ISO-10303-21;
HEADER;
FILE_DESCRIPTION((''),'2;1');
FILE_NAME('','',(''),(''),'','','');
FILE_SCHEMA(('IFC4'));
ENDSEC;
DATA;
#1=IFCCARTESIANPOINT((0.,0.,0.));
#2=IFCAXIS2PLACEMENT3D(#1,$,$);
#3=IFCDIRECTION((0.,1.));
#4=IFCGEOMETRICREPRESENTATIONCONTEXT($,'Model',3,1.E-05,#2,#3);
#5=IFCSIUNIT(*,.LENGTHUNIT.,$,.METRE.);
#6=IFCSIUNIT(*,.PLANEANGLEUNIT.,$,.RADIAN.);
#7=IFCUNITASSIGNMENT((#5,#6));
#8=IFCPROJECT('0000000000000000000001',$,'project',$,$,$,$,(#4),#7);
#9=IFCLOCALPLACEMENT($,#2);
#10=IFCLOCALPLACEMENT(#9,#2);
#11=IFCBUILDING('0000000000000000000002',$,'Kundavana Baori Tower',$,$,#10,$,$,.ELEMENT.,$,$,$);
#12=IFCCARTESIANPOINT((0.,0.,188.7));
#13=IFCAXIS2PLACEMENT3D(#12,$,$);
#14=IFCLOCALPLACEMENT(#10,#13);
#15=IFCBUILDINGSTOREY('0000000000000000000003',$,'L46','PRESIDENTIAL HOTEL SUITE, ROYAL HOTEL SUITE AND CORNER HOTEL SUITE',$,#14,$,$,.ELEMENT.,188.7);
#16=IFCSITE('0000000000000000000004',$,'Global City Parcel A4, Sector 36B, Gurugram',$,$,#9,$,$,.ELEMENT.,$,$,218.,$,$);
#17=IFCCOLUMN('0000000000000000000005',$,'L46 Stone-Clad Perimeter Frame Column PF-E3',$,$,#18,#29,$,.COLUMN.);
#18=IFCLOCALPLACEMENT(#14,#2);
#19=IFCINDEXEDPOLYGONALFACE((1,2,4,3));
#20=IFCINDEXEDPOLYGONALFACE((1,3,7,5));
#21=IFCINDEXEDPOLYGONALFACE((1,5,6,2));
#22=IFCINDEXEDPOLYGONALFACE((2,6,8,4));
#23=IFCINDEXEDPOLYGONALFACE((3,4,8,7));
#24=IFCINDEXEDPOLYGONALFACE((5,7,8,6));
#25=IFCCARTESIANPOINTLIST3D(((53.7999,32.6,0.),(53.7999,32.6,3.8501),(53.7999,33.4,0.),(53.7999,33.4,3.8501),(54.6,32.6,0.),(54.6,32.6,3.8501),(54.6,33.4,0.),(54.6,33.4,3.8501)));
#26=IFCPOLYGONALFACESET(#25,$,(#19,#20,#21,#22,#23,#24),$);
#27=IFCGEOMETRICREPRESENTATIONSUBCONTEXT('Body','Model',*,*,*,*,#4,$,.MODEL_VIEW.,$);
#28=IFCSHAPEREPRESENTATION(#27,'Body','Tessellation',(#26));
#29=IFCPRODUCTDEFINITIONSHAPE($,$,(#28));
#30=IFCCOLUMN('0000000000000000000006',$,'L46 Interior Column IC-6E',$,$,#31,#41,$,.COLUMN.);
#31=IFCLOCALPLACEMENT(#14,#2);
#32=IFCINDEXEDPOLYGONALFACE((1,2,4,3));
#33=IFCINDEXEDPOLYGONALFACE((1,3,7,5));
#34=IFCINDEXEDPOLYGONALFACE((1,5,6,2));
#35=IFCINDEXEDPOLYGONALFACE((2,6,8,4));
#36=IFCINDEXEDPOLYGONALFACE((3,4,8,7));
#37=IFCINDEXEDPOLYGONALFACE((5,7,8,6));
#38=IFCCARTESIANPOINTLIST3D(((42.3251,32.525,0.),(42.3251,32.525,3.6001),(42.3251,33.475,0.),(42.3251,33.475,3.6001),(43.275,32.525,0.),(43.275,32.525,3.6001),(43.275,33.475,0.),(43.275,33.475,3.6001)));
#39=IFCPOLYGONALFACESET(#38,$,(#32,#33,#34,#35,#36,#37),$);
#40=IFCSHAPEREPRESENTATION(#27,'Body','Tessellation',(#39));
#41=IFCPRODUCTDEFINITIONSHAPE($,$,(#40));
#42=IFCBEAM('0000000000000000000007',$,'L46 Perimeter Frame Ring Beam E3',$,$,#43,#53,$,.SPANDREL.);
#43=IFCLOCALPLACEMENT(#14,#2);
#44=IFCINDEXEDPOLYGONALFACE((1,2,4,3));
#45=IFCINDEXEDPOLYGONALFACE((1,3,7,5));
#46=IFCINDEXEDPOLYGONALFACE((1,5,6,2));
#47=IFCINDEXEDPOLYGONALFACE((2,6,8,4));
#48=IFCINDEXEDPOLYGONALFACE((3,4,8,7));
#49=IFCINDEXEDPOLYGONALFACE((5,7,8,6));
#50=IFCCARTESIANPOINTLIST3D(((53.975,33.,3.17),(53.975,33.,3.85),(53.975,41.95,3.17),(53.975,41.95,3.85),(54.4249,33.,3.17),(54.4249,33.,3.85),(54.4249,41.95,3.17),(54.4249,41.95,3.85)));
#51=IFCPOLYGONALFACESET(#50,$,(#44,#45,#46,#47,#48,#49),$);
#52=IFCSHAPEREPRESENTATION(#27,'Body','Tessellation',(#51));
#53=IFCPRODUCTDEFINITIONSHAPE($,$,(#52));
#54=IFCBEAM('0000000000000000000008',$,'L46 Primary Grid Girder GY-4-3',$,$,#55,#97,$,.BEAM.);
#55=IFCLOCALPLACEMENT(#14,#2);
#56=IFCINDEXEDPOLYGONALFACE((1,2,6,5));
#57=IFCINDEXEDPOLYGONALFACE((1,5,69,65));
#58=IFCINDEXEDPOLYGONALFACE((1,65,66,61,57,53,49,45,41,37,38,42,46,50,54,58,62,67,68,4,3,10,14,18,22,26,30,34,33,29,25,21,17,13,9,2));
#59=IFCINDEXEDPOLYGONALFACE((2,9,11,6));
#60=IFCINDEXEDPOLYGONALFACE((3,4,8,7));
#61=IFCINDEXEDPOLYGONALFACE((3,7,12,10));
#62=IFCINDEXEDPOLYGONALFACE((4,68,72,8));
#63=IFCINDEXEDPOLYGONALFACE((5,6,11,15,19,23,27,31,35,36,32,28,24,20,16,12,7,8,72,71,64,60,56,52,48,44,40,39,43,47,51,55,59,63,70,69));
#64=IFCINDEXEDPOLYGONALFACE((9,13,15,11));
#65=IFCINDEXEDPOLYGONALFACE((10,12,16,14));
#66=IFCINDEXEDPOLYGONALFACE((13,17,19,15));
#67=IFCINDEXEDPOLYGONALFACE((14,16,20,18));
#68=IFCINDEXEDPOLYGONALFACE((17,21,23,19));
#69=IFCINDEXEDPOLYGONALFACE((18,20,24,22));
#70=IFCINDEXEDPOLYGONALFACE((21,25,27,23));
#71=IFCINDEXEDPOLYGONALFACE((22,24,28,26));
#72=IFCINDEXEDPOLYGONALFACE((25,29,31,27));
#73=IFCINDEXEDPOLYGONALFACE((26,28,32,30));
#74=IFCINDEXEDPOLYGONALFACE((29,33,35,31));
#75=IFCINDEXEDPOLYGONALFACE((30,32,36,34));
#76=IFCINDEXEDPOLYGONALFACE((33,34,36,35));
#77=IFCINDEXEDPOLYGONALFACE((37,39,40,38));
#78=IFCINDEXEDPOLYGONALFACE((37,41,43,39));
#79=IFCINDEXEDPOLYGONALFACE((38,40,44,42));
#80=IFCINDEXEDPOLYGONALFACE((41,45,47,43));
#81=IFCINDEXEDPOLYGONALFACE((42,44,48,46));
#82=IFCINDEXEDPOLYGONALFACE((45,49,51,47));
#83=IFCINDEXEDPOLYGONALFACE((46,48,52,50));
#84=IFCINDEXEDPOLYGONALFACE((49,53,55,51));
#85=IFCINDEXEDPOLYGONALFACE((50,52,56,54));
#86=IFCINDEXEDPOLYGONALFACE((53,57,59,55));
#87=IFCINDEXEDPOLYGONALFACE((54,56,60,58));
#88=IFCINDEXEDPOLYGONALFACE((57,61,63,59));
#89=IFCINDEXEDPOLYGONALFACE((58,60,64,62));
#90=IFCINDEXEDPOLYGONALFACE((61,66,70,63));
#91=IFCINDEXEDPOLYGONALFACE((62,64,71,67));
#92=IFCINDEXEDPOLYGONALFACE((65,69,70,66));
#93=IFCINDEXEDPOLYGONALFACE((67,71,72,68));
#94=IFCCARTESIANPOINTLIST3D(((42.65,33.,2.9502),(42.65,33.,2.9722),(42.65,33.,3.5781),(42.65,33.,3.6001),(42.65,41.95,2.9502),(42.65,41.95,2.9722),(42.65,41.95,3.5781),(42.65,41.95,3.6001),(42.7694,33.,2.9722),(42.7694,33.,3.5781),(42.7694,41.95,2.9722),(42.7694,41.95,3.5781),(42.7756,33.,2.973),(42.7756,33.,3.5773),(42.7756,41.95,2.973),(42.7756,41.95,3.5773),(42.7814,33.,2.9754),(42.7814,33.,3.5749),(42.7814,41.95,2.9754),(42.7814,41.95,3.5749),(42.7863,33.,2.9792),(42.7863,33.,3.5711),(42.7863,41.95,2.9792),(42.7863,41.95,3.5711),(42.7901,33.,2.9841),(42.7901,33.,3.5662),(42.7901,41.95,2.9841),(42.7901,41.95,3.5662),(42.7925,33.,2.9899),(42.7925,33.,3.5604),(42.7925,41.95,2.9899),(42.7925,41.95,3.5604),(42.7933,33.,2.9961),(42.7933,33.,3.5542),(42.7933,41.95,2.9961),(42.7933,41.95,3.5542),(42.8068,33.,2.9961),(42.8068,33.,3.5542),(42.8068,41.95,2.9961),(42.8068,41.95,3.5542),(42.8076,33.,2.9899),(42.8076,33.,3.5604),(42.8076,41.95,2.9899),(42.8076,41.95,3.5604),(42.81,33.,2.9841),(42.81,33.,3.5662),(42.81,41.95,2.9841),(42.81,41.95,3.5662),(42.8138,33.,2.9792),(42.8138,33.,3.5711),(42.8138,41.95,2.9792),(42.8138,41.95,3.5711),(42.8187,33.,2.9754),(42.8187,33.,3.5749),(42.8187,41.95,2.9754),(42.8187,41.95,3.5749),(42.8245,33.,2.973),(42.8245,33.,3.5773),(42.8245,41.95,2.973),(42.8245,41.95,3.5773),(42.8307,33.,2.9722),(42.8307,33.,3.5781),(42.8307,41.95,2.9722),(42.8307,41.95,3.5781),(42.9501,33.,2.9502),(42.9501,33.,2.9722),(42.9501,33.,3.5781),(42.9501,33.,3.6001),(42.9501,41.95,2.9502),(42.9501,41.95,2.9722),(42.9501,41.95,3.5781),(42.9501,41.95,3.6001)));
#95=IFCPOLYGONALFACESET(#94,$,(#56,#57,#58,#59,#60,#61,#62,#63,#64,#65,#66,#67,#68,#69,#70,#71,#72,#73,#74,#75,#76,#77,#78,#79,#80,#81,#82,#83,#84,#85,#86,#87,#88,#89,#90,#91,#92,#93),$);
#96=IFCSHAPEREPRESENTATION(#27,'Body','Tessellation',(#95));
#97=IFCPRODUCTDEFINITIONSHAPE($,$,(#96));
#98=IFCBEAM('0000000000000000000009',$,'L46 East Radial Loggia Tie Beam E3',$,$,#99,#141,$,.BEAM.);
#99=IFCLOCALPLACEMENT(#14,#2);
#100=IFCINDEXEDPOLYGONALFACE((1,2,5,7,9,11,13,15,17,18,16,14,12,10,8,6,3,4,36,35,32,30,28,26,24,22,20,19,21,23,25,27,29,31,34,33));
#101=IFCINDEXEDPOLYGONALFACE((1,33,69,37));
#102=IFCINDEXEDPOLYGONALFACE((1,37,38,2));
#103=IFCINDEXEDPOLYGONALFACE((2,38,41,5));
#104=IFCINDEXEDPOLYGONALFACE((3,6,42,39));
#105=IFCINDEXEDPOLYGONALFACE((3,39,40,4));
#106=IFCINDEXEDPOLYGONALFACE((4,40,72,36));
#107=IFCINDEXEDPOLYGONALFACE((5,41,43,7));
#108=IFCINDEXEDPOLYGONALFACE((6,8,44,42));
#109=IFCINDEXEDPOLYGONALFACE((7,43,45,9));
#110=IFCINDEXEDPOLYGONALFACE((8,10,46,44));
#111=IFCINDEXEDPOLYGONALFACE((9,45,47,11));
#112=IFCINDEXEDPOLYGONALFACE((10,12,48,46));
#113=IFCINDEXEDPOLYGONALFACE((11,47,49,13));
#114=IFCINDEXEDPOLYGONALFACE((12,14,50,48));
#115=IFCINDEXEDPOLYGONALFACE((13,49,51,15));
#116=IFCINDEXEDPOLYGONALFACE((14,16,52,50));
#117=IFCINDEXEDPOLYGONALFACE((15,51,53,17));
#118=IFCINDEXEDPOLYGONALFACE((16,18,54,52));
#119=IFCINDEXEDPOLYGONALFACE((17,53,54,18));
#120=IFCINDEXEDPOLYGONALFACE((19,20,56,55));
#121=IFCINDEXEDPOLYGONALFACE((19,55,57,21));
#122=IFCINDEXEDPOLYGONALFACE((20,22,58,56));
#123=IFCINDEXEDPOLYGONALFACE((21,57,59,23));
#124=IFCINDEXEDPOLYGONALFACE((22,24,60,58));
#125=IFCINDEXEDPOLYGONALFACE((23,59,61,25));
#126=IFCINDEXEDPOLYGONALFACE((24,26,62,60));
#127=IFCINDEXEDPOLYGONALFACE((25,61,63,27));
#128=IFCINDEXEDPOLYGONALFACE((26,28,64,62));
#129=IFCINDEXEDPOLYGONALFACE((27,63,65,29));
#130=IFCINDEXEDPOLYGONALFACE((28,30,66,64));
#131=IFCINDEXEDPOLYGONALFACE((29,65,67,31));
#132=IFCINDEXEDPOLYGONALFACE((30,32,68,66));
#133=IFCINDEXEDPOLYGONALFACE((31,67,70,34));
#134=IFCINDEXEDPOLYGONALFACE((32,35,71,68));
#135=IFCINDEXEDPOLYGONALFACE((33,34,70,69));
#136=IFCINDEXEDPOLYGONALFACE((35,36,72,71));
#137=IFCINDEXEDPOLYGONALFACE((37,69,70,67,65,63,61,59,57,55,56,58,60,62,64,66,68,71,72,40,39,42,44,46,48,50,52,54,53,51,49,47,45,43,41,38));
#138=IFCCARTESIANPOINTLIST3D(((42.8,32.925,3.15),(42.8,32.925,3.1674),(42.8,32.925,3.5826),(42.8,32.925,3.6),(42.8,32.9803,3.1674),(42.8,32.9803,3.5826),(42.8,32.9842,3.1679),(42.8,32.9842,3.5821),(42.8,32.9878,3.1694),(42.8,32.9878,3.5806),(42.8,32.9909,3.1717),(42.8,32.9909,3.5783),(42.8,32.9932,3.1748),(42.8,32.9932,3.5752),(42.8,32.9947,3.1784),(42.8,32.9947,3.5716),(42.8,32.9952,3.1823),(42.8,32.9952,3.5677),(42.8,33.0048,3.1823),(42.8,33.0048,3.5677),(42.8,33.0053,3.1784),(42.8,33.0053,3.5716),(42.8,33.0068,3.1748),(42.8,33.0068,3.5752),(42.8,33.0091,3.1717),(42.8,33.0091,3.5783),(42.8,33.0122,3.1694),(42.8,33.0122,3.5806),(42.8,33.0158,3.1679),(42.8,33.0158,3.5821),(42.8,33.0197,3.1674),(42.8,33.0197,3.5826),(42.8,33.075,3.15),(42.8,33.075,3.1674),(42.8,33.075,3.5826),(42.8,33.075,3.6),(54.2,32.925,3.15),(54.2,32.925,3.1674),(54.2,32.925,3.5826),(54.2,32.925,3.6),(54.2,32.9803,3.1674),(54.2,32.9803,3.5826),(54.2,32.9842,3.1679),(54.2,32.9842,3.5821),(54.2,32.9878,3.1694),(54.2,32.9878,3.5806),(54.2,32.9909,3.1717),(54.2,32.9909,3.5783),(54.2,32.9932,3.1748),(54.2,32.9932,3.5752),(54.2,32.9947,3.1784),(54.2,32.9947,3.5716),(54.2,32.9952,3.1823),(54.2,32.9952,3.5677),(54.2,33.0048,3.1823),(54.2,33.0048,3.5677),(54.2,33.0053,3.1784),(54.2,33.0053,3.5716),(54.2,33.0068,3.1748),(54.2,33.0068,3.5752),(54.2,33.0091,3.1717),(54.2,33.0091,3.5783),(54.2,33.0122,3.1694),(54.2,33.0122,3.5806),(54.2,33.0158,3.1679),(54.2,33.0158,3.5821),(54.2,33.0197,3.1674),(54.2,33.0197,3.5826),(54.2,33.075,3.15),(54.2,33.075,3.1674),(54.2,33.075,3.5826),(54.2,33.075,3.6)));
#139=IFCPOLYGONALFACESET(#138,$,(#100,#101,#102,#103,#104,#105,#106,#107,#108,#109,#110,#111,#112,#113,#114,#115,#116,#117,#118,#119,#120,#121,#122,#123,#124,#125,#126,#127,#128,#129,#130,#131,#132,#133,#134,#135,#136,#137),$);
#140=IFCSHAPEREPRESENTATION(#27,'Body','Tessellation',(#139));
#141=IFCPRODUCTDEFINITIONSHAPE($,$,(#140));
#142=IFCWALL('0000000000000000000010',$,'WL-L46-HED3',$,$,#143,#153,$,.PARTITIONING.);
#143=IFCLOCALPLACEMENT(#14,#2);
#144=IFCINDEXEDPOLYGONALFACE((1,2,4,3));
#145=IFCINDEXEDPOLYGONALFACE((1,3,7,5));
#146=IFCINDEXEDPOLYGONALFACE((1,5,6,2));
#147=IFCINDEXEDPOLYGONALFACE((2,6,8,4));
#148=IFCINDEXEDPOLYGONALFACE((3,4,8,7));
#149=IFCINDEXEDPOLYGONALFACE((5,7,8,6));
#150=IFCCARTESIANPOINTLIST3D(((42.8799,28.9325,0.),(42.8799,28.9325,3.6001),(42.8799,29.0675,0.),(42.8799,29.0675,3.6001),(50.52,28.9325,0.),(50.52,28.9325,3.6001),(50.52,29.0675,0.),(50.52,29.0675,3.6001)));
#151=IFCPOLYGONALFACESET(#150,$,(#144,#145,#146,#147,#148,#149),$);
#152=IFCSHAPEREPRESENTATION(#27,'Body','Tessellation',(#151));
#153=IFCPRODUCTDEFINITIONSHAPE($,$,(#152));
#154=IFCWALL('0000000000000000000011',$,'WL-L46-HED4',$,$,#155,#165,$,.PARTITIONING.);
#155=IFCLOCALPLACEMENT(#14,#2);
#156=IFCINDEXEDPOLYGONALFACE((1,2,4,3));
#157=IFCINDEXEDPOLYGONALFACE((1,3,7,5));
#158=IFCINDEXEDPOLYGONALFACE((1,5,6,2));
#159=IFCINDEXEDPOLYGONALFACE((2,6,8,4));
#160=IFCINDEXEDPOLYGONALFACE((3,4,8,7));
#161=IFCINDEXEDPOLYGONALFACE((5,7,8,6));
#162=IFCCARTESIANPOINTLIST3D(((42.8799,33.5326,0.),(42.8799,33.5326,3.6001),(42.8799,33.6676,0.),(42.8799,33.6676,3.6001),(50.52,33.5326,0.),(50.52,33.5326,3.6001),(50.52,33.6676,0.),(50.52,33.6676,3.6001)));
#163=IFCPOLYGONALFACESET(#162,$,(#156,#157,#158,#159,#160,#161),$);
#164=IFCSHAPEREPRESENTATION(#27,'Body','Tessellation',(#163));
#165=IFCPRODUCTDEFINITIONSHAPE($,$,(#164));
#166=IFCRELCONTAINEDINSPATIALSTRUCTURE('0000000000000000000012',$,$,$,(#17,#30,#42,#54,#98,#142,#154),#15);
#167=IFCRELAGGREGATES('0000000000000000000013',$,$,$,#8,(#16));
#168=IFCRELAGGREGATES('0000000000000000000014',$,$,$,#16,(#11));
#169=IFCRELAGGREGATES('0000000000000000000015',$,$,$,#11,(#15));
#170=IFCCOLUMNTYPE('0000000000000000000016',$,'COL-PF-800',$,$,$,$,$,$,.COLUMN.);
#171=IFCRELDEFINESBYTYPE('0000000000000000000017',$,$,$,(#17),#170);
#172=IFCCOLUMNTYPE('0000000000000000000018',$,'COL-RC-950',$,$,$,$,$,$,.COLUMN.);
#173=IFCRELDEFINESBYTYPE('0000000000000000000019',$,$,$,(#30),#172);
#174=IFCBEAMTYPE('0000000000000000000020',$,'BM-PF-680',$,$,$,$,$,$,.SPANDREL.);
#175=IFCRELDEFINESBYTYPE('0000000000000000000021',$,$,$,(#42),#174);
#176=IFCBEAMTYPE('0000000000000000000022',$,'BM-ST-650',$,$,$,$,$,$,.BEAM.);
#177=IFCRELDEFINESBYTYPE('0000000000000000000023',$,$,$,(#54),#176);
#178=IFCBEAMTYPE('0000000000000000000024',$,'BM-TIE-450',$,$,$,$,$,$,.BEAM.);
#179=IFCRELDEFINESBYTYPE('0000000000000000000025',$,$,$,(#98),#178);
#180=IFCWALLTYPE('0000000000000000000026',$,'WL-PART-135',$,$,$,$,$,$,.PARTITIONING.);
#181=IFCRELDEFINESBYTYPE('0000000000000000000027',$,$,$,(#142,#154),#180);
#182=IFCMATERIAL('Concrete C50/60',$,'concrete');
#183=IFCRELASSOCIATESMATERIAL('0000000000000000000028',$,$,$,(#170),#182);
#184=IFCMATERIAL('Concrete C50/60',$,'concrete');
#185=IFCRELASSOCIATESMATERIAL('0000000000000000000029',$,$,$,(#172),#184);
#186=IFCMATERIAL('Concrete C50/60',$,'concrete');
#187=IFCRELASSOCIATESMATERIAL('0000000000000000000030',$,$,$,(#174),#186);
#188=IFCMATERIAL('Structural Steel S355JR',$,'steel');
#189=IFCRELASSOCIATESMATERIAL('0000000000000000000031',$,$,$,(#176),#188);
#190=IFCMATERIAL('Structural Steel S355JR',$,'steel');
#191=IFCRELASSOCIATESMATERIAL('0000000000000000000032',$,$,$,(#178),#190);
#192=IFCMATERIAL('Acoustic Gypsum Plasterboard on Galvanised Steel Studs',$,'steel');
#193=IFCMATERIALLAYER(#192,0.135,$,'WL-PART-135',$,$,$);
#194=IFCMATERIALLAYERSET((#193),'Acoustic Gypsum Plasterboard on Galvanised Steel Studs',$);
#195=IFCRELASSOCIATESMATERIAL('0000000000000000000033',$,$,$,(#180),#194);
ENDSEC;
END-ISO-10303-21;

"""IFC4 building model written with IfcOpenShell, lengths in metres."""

from ifc_helpers import new_model, si_unit, direction, frame, frame_2d, origin, origin_2d, place, context, subcontext, project, spatial, rectangle, i_section, extrude, material, layer, layer_set, material_profile, profile_set, type_object, element, save


model = new_model("IFC4")

# Units and contexts
model_context = context("Model", 3, precision=1e-05, world=origin(), true_north=direction((0.0, 1.0)))
body_context = subcontext(model_context, "Body", "Model", "MODEL_VIEW")
ifc_project = project(units=[si_unit("LENGTHUNIT", "METRE"), si_unit("PLANEANGLEUNIT", "RADIAN")], contexts=[model_context])

# Site, building, storey
site_placement = place(None, origin())
site = spatial("IfcSite", under=ifc_project, at=site_placement, Name="Global City Parcel A4, Sector 36B, Gurugram", CompositionType="ELEMENT", RefElevation=218.0)
building_placement = place(site_placement, origin())
building = spatial("IfcBuilding", under=site, at=building_placement, Name="Kundavana Baori Tower", CompositionType="ELEMENT")
storey_placement = place(building_placement, frame((0.0, 0.0, 188.7)))
storey = spatial("IfcBuildingStorey", under=building, at=storey_placement, Name="L46", Description="PRESIDENTIAL HOTEL SUITE, ROYAL HOTEL SUITE AND CORNER HOTEL SUITE", CompositionType="ELEMENT", Elevation=188.7)

# Columns
ifc_material_1 = material(Name="Concrete C50/60", Category="concrete")
ifc_material_profile_1 = material_profile(ifc_material_1, rectangle(XDim=0.8, YDim=0.8, at=origin_2d()), Name="RC PF 800x800")
ifc_profile_set_1 = profile_set([ifc_material_profile_1], Name="Concrete C50/60")
column_type_1 = type_object("IfcColumnType", Name="COL-PF-800", PredefinedType="COLUMN", material=ifc_profile_set_1)
column_1_placement = place(storey_placement, frame((54.2, 33.0, 0.0), z_axis=(0.0, 0.0, 1.0), x_axis=(1.0, 0.0, 0.0)))
element("IfcColumn", 1, at=column_1_placement, inside=storey, type_object=column_type_1, Name="L46 Stone-Clad Perimeter Frame Column PF-E3", PredefinedType="COLUMN", context=body_context, shape_type="SweptSolid", body=[
    extrude(rectangle(XDim=0.8, YDim=0.8, at=origin_2d()), origin(), (0.0, 0.0, 1.0), 3.8501),
])
ifc_material_2 = material(Name="Concrete C50/60", Category="concrete")
ifc_material_profile_2 = material_profile(ifc_material_2, rectangle(XDim=0.95, YDim=0.95, at=origin_2d()), Name="RC 950x950")
ifc_profile_set_2 = profile_set([ifc_material_profile_2], Name="Concrete C50/60")
column_type_2 = type_object("IfcColumnType", Name="COL-RC-950", PredefinedType="COLUMN", material=ifc_profile_set_2)
column_2_placement = place(storey_placement, frame((42.8, 33.0, 0.0), z_axis=(0.0, 0.0, 1.0), x_axis=(1.0, 0.0, 0.0)))
element("IfcColumn", 2, at=column_2_placement, inside=storey, type_object=column_type_2, Name="L46 Interior Column IC-6E", PredefinedType="COLUMN", context=body_context, shape_type="SweptSolid", body=[
    extrude(rectangle(XDim=0.95, YDim=0.95, at=origin_2d()), origin(), (0.0, 0.0, 1.0), 3.6001),
])

# Beams
ifc_material_3 = material(Name="Concrete C50/60", Category="concrete")
ifc_material_profile_3 = material_profile(ifc_material_3, rectangle(XDim=0.45, YDim=0.6799, at=origin_2d()), Name="RC BM 450x680")
ifc_profile_set_3 = profile_set([ifc_material_profile_3], Name="Concrete C50/60")
beam_type_1 = type_object("IfcBeamType", Name="BM-PF-680", PredefinedType="SPANDREL", material=ifc_profile_set_3)
beam_1_placement = place(storey_placement, frame((54.2, 33.0, 3.51), z_axis=(0.0, 1.0, 0.0), x_axis=(-1.0, 0.0, 0.0)))
element("IfcBeam", 3, at=beam_1_placement, inside=storey, type_object=beam_type_1, Name="L46 Perimeter Frame Ring Beam E3", PredefinedType="SPANDREL", context=body_context, shape_type="SweptSolid", body=[
    extrude(rectangle(XDim=0.45, YDim=0.6799, at=origin_2d()), origin(), (0.0, 0.0, 1.0), 8.95),
])
ifc_material_4 = material(Name="Structural Steel S355JR", Category="steel")
ifc_material_profile_4 = material_profile(ifc_material_4, i_section(OverallWidth=0.3, OverallDepth=0.6499, WebThickness=0.0134, FlangeThickness=0.022, FilletRadius=0.0239, at=origin_2d()), Name="NPB 650x300x155")
ifc_profile_set_4 = profile_set([ifc_material_profile_4], Name="Structural Steel S355JR")
beam_type_2 = type_object("IfcBeamType", Name="BM-ST-650", PredefinedType="BEAM", material=ifc_profile_set_4)
beam_2_placement = place(storey_placement, frame((42.8, 33.0, 3.2751), z_axis=(0.0, 1.0, 0.0), x_axis=(-1.0, 0.0, 0.0)))
element("IfcBeam", 4, at=beam_2_placement, inside=storey, type_object=beam_type_2, Name="L46 Primary Grid Girder GY-4-3", PredefinedType="BEAM", context=body_context, shape_type="SweptSolid", body=[
    extrude(i_section(OverallWidth=0.3, OverallDepth=0.6499, WebThickness=0.0134, FlangeThickness=0.022, FilletRadius=0.0239, at=origin_2d()), origin(), (0.0, 0.0, 1.0), 8.95),
])
ifc_material_5 = material(Name="Structural Steel S355JR", Category="steel")
ifc_material_profile_5 = material_profile(ifc_material_5, i_section(OverallWidth=0.1499, OverallDepth=0.45, WebThickness=0.0095, FlangeThickness=0.0173, FilletRadius=0.0149, at=origin_2d()), Name="ISMB 450")
ifc_profile_set_5 = profile_set([ifc_material_profile_5], Name="Structural Steel S355JR")
beam_type_3 = type_object("IfcBeamType", Name="BM-TIE-450", PredefinedType="BEAM", material=ifc_profile_set_5)
beam_3_placement = place(storey_placement, frame((42.8, 33.0, 3.375), z_axis=(1.0, 0.0, 0.0), x_axis=(0.0, 1.0, 0.0)))
element("IfcBeam", 5, at=beam_3_placement, inside=storey, type_object=beam_type_3, Name="L46 East Radial Loggia Tie Beam E3", PredefinedType="BEAM", context=body_context, shape_type="SweptSolid", body=[
    extrude(i_section(OverallWidth=0.1499, OverallDepth=0.45, WebThickness=0.0095, FlangeThickness=0.0173, FilletRadius=0.0149, at=origin_2d()), origin(), (0.0, 0.0, 1.0), 11.3999),
])

# Walls
ifc_material_6 = material(Name="Acoustic Gypsum Plasterboard on Galvanised Steel Studs", Category="steel")
ifc_layer_1 = layer(ifc_material_6, 0.135, Name="WL-PART-135")
ifc_layer_set_1 = layer_set([ifc_layer_1], Name="Acoustic Gypsum Plasterboard on Galvanised Steel Studs")
wall_type_1 = type_object("IfcWallType", Name="WL-PART-135", PredefinedType="PARTITIONING", material=ifc_layer_set_1)
for number, where, z_axis, x_axis, name in (
    (6, (42.8799, 29.0, 0.0), (0.0, 0.0, 1.0), (1.0, 0.0, 0.0), "WL-L46-HED3"),
    (7, (42.8799, 33.6001, 0.0), (0.0, 0.0, 1.0), (1.0, 0.0, 0.0), "WL-L46-HED4"),
):
    element("IfcWall", number, at=place(storey_placement, frame(where, z_axis=z_axis, x_axis=x_axis)), inside=storey, type_object=wall_type_1, Name=name, PredefinedType="PARTITIONING", context=body_context, shape_type="SweptSolid", body=[
        extrude(rectangle(XDim=7.6401, YDim=0.135, at=frame_2d((3.8201, 0.0))), origin(), (0.0, 0.0, 1.0), 3.6001),
    ])

save(model, "model.ifc")
